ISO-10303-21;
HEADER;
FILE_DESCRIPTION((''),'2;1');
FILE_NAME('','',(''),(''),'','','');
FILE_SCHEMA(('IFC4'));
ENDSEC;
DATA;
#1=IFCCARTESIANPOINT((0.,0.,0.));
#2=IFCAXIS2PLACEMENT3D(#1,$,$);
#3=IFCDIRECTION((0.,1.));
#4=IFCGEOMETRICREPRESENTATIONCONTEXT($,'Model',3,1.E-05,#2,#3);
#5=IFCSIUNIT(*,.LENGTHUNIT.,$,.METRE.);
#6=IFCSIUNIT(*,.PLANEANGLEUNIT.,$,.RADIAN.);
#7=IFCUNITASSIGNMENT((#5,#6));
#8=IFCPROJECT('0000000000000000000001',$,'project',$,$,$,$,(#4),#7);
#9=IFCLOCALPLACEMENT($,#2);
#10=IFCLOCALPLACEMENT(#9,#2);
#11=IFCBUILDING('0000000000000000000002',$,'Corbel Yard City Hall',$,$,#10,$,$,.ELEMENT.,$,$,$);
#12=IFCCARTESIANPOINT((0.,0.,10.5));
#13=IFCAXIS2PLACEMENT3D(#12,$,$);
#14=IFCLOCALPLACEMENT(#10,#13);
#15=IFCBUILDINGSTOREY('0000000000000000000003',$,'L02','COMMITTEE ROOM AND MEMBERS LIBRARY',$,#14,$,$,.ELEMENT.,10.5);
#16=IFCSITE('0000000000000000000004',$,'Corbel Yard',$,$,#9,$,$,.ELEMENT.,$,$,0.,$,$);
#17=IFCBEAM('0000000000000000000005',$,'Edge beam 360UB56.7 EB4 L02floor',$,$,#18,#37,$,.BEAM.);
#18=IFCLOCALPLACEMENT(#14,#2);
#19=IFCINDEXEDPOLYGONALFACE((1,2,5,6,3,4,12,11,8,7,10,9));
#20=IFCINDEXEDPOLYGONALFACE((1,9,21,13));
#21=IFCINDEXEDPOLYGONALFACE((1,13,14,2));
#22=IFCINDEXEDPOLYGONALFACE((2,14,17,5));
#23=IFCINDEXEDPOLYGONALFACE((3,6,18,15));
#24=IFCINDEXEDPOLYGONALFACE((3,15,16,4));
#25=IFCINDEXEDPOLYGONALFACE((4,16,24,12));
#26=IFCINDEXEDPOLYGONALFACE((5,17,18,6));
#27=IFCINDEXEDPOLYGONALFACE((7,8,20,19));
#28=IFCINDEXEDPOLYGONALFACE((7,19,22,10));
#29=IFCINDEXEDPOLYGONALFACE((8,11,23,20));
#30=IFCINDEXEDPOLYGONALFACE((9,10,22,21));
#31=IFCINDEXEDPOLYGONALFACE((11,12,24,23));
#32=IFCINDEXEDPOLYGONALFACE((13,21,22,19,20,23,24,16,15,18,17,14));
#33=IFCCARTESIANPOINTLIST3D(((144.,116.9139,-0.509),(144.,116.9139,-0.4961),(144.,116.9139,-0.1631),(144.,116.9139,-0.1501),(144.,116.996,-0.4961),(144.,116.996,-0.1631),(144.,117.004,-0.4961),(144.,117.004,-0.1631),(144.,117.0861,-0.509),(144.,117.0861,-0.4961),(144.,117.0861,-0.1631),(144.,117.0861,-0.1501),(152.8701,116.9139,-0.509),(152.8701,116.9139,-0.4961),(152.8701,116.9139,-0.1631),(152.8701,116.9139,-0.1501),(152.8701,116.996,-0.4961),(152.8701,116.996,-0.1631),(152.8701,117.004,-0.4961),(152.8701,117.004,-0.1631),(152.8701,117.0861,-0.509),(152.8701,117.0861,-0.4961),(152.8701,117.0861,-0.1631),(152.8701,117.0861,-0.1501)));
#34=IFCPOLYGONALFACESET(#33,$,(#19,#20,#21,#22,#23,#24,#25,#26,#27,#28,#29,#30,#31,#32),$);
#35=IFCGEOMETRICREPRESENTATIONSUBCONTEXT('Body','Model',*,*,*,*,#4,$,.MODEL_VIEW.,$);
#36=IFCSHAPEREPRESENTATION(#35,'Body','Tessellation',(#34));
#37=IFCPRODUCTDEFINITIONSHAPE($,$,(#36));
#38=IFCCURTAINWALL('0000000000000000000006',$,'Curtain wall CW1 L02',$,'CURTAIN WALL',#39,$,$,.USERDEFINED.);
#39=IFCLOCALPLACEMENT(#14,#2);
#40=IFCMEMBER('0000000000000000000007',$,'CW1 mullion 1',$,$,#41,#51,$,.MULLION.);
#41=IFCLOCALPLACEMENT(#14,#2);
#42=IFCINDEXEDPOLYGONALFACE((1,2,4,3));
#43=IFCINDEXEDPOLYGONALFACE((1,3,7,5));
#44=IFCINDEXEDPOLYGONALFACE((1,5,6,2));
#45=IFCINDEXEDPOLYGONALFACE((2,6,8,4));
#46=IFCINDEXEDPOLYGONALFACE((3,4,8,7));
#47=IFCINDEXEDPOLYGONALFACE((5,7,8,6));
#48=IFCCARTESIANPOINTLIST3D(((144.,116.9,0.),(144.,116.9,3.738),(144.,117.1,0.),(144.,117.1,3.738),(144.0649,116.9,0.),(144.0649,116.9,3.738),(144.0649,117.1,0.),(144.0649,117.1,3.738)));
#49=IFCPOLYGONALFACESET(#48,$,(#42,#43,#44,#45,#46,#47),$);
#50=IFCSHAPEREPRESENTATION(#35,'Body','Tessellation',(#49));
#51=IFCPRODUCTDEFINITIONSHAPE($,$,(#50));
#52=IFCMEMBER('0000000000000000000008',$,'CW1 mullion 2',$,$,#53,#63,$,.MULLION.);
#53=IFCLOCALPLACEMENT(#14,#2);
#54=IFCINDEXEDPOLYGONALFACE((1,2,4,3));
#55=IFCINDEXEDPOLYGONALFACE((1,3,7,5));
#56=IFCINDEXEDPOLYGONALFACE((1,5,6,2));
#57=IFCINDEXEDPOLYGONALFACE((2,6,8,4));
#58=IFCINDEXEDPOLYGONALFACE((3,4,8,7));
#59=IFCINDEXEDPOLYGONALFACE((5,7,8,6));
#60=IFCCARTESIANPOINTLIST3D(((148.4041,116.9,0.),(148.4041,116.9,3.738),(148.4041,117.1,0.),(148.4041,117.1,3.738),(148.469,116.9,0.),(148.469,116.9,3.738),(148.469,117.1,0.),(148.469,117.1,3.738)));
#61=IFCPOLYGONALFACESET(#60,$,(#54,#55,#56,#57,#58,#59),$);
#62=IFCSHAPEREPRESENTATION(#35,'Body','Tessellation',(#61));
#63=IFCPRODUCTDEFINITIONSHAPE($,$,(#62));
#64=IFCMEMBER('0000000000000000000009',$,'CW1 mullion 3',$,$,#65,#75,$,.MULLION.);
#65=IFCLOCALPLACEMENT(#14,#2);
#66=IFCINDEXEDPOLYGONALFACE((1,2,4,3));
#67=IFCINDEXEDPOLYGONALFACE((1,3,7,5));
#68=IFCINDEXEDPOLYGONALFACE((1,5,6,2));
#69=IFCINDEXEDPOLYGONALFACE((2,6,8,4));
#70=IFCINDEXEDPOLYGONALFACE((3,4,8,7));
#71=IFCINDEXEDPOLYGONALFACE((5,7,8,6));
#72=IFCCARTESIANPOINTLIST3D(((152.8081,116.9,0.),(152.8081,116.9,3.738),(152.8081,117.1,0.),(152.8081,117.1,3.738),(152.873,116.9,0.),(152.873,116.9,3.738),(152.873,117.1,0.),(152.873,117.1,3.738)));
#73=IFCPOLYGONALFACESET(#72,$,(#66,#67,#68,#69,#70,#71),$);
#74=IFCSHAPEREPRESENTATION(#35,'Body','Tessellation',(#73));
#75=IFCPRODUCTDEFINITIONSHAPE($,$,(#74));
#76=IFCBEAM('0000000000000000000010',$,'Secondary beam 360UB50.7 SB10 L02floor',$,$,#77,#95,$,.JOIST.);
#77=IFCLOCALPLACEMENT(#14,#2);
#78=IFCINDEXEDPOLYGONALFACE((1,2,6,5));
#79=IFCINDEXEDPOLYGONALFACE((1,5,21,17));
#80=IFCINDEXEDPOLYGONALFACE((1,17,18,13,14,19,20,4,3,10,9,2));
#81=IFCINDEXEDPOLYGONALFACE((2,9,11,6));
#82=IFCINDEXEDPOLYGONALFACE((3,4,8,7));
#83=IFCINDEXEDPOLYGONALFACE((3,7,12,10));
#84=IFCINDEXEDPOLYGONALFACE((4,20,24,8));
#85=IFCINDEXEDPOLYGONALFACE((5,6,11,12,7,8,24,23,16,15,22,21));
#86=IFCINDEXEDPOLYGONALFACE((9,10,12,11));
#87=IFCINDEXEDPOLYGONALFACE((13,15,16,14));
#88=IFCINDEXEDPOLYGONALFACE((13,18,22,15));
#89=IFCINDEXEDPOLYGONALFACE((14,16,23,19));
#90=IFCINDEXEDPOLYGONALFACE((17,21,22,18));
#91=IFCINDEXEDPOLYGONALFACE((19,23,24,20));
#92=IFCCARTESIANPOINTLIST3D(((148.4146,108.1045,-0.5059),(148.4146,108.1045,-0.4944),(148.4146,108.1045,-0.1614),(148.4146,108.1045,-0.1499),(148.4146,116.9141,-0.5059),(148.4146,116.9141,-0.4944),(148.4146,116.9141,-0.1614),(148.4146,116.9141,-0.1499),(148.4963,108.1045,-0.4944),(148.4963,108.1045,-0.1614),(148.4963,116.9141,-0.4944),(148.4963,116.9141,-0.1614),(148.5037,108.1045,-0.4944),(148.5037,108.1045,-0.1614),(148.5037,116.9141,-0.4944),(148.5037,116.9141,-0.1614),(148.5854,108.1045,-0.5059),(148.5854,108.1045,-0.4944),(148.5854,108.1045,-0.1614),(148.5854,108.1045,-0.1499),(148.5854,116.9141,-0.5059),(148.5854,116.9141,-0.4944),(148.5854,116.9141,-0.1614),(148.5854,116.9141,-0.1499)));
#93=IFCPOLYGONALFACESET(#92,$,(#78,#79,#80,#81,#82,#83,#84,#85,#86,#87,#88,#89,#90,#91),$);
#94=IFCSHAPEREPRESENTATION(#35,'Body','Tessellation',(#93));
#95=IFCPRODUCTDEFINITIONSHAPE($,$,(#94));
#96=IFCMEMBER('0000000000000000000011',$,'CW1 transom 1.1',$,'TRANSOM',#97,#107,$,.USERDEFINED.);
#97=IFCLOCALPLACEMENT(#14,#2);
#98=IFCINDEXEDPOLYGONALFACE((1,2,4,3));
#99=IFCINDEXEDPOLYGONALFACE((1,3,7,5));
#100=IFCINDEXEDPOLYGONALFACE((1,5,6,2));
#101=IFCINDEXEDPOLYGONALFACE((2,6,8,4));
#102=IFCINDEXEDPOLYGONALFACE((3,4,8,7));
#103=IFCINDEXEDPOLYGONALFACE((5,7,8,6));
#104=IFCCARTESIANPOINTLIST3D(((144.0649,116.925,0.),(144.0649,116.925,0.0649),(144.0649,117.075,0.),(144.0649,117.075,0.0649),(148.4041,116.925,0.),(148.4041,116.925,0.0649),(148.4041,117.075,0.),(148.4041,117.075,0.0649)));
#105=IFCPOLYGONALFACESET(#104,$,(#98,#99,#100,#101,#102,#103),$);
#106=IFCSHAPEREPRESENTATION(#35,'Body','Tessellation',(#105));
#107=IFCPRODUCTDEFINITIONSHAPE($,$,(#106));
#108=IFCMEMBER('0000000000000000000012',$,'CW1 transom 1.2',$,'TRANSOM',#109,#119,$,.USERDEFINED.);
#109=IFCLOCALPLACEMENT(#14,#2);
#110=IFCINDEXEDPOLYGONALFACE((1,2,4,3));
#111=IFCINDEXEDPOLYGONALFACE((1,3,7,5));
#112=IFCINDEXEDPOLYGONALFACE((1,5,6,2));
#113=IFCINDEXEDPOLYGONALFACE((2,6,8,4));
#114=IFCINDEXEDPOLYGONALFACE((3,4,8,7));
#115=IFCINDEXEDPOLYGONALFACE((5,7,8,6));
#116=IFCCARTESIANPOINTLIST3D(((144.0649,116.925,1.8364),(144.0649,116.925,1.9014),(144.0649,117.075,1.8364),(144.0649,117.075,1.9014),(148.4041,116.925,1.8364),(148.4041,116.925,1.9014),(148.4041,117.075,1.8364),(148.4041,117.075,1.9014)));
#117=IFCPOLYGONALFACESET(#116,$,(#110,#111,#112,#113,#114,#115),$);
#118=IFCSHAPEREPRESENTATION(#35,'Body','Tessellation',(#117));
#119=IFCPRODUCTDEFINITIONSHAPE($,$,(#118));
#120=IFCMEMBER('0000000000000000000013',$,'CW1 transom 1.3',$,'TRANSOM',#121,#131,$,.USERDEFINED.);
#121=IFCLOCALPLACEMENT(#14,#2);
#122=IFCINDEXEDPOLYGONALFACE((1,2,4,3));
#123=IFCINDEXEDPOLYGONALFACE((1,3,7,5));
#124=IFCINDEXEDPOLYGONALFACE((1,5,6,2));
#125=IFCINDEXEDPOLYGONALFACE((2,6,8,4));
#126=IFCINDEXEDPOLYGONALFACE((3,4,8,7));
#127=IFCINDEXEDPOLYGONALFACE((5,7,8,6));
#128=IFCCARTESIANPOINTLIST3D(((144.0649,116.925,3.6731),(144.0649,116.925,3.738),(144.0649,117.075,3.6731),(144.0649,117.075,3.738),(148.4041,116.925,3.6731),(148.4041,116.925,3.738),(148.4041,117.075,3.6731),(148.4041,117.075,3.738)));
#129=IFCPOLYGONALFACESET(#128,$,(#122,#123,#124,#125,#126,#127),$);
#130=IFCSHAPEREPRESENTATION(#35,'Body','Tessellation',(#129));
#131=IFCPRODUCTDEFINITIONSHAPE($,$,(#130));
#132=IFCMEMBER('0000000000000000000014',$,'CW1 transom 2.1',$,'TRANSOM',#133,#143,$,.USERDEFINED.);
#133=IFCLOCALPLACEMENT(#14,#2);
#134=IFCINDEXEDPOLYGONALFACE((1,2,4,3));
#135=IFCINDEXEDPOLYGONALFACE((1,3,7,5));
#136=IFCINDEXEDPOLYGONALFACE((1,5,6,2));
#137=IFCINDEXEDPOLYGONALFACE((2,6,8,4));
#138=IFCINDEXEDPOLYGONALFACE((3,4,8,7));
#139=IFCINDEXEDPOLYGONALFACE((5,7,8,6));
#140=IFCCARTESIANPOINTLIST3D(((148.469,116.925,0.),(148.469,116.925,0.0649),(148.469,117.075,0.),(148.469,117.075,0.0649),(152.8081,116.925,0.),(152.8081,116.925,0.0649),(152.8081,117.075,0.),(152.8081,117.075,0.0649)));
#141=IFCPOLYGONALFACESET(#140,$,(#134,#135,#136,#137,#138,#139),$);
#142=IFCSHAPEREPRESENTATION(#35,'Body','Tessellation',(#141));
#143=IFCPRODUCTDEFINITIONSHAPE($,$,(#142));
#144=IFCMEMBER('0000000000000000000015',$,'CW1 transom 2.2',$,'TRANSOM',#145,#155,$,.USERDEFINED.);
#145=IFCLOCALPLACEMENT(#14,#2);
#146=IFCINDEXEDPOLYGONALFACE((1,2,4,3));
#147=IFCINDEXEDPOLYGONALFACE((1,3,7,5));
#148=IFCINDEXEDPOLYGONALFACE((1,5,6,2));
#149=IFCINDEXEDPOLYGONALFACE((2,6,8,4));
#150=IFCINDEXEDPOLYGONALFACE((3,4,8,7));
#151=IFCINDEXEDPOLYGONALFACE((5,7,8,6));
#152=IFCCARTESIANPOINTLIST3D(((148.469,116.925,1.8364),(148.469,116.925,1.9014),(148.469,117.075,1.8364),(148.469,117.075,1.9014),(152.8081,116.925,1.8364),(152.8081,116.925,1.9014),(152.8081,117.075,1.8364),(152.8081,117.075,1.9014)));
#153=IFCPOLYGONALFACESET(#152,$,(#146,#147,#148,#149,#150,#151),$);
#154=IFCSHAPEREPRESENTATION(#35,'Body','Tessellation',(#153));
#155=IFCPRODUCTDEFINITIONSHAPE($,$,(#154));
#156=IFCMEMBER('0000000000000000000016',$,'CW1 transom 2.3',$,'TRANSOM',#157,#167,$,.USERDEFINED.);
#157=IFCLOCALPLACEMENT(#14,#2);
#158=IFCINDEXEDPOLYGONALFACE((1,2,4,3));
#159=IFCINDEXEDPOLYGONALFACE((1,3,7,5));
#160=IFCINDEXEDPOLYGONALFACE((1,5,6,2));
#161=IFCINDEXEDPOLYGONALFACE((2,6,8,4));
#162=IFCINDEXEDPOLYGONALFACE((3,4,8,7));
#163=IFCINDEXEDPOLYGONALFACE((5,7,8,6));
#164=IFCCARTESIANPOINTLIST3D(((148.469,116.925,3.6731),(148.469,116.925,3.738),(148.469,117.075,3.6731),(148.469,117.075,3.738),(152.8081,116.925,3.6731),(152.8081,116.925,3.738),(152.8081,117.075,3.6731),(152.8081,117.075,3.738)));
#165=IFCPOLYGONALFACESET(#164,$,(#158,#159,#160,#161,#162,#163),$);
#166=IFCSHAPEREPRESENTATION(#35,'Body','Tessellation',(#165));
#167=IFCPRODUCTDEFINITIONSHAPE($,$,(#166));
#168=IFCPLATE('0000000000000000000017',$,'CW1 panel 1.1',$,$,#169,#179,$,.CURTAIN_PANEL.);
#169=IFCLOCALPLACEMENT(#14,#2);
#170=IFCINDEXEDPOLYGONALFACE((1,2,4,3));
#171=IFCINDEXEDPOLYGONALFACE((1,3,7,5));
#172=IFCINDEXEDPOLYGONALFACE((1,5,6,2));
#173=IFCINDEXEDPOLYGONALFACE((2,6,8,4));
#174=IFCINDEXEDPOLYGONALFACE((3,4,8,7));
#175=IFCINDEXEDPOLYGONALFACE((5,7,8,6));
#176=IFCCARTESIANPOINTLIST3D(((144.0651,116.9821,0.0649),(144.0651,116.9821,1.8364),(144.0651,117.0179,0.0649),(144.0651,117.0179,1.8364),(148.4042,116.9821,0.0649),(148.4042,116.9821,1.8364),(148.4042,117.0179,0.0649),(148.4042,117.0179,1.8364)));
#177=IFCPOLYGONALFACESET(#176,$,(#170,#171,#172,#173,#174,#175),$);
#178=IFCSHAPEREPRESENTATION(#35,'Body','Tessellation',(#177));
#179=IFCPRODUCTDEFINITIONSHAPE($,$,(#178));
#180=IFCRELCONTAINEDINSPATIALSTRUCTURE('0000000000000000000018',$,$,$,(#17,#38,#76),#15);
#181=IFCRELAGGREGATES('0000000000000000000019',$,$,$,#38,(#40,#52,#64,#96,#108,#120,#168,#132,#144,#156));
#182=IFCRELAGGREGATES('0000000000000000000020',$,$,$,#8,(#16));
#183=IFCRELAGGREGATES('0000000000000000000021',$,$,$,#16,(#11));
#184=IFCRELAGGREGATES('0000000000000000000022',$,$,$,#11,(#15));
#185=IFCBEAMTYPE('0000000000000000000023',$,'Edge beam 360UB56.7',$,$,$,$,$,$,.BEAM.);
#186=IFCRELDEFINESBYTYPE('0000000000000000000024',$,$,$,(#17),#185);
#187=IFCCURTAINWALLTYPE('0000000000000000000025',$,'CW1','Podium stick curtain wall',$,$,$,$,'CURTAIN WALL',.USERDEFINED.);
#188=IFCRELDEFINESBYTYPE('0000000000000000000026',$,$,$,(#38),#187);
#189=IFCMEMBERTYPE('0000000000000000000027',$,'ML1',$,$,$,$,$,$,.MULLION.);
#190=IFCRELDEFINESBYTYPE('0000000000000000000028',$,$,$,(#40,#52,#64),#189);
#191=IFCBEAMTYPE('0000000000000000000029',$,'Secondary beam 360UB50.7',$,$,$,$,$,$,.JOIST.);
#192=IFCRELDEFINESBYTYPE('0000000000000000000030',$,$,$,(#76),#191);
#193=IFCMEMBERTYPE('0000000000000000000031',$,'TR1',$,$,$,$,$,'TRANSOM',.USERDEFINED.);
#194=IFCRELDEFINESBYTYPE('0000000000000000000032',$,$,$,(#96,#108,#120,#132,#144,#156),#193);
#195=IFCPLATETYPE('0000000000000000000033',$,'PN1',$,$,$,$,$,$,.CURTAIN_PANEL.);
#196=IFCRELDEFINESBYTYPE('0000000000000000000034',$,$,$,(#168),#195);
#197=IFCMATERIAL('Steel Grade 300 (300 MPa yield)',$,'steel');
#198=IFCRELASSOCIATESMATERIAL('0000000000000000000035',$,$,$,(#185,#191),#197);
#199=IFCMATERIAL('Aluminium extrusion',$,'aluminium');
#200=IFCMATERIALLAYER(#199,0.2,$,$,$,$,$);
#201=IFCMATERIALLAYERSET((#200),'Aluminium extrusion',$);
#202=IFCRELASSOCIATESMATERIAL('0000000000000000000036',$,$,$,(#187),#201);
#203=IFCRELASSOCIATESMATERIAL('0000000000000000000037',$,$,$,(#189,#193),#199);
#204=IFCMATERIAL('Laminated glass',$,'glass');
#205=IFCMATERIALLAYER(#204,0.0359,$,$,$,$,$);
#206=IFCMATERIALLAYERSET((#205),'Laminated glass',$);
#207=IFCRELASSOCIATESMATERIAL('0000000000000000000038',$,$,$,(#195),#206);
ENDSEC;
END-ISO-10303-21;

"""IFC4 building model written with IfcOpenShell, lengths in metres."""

from ifc_helpers import new_model, si_unit, direction, frame, origin, origin_2d, place, context, subcontext, project, spatial, rectangle, i_section, extrude, material, layer, layer_set, material_profile, profile_set, type_object, element, aggregate, save


model = new_model("IFC4")

# Units and contexts
model_context = context("Model", 3, precision=1e-05, world=origin(), true_north=direction((0.0, 1.0)))
body_context = subcontext(model_context, "Body", "Model", "MODEL_VIEW")
ifc_project = project(units=[si_unit("LENGTHUNIT", "METRE"), si_unit("PLANEANGLEUNIT", "RADIAN")], contexts=[model_context])

# Site, building, storey
site_placement = place(None, origin())
site = spatial("IfcSite", under=ifc_project, at=site_placement, Name="Corbel Yard", CompositionType="ELEMENT", RefElevation=0.0)
building_placement = place(site_placement, origin())
building = spatial("IfcBuilding", under=site, at=building_placement, Name="Corbel Yard City Hall", CompositionType="ELEMENT")
storey_placement = place(building_placement, frame((0.0, 0.0, 10.5)))
storey = spatial("IfcBuildingStorey", under=building, at=storey_placement, Name="L02", Description="COMMITTEE ROOM AND MEMBERS LIBRARY", CompositionType="ELEMENT", Elevation=10.5)

# Beam
ifc_material_1 = material(Name="Steel Grade 300 (300 MPa yield)", Category="steel")
ifc_material_profile_1 = material_profile(ifc_material_1, i_section(OverallWidth=0.1721, OverallDepth=0.3589, WebThickness=0.0081, FlangeThickness=0.0129, at=origin_2d()), Name="360UB56.7")
ifc_profile_set_1 = profile_set([ifc_material_profile_1], Name="Steel Grade 300 (300 MPa yield)")
beam_type_1 = type_object("IfcBeamType", Name="Edge beam 360UB56.7", PredefinedType="BEAM", material=ifc_profile_set_1)
beam_1_placement = place(storey_placement, frame((144.0, 117.0, -0.3296), z_axis=(1.0, 0.0, 0.0), x_axis=(0.0, 1.0, 0.0)))
element("IfcBeam", 1, at=beam_1_placement, inside=storey, type_object=beam_type_1, Name="Edge beam 360UB56.7 EB4 L02floor", PredefinedType="BEAM", context=body_context, shape_type="SweptSolid", body=[
    extrude(i_section(OverallWidth=0.1721, OverallDepth=0.3589, WebThickness=0.0081, FlangeThickness=0.0129, at=origin_2d()), origin(), (0.0, 0.0, 1.0), 8.8701),
])

# Curtain wall, members
ifc_material_2 = material(Name="Aluminium extrusion", Category="aluminium")
ifc_layer_1 = layer(ifc_material_2, 0.2)
ifc_layer_set_1 = layer_set([ifc_layer_1], Name="Aluminium extrusion")
curtain_wall_type = type_object("IfcCurtainWallType", Name="CW1", Description="Podium stick curtain wall", ElementType="CURTAIN WALL", PredefinedType="USERDEFINED", material=ifc_layer_set_1)
curtain_wall_placement = place(storey_placement, origin())
curtain_wall = element("IfcCurtainWall", 2, at=curtain_wall_placement, inside=storey, type_object=curtain_wall_type, Name="Curtain wall CW1 L02", ObjectType="CURTAIN WALL", PredefinedType="USERDEFINED")
ifc_material_profile_2 = material_profile(ifc_material_2, rectangle(XDim=0.2, YDim=0.0649, at=origin_2d()), Name="200x65")
ifc_profile_set_2 = profile_set([ifc_material_profile_2], Name="Aluminium extrusion")
member_type_1 = type_object("IfcMemberType", Name="ML1", PredefinedType="MULLION", material=ifc_profile_set_2)
member_1_placement = place(storey_placement, frame((144.0325, 117.0, 0.0), z_axis=(0.0, 0.0, 1.0), x_axis=(0.0, 1.0, 0.0)))
member_1 = element("IfcMember", 3, at=member_1_placement, type_object=member_type_1, Name="CW1 mullion 1", PredefinedType="MULLION", context=body_context, shape_type="SweptSolid", body=[
    extrude(rectangle(XDim=0.2, YDim=0.0649, at=origin_2d()), origin(), (0.0, 0.0, 1.0), 3.738),
])
member_2_placement = place(storey_placement, frame((148.4365, 117.0, 0.0), z_axis=(0.0, 0.0, 1.0), x_axis=(0.0, 1.0, 0.0)))
member_2 = element("IfcMember", 4, at=member_2_placement, type_object=member_type_1, Name="CW1 mullion 2", PredefinedType="MULLION", context=body_context, shape_type="SweptSolid", body=[
    extrude(rectangle(XDim=0.2, YDim=0.0649, at=origin_2d()), origin(), (0.0, 0.0, 1.0), 3.738),
])
member_3_placement = place(storey_placement, frame((152.8406, 117.0, 0.0), z_axis=(0.0, 0.0, 1.0), x_axis=(0.0, 1.0, 0.0)))
member_3 = element("IfcMember", 5, at=member_3_placement, type_object=member_type_1, Name="CW1 mullion 3", PredefinedType="MULLION", context=body_context, shape_type="SweptSolid", body=[
    extrude(rectangle(XDim=0.2, YDim=0.0649, at=origin_2d()), origin(), (0.0, 0.0, 1.0), 3.738),
])

# Beam
ifc_material_profile_3 = material_profile(ifc_material_1, i_section(OverallWidth=0.1709, OverallDepth=0.356, WebThickness=0.0073, FlangeThickness=0.0115, at=origin_2d()), Name="360UB50.7")
ifc_profile_set_3 = profile_set([ifc_material_profile_3], Name="Steel Grade 300 (300 MPa yield)")
beam_type_2 = type_object("IfcBeamType", Name="Secondary beam 360UB50.7", PredefinedType="JOIST", material=ifc_profile_set_3)
beam_2_placement = place(storey_placement, frame((148.5, 108.1045, -0.3279), z_axis=(0.0, 1.0, 0.0), x_axis=(-1.0, 0.0, 0.0)))
element("IfcBeam", 6, at=beam_2_placement, inside=storey, type_object=beam_type_2, Name="Secondary beam 360UB50.7 SB10 L02floor", PredefinedType="JOIST", context=body_context, shape_type="SweptSolid", body=[
    extrude(i_section(OverallWidth=0.1709, OverallDepth=0.356, WebThickness=0.0073, FlangeThickness=0.0115, at=origin_2d()), origin(), (0.0, 0.0, 1.0), 8.8096),
])

# Members
ifc_material_profile_4 = material_profile(ifc_material_2, rectangle(XDim=0.1499, YDim=0.0649, at=origin_2d()), Name="150x65")
ifc_profile_set_4 = profile_set([ifc_material_profile_4], Name="Aluminium extrusion")
member_type_2 = type_object("IfcMemberType", Name="TR1", ElementType="TRANSOM", PredefinedType="USERDEFINED", material=ifc_profile_set_4)
member_4_placement = place(storey_placement, frame((144.0649, 117.0, 0.0325), z_axis=(1.0, 0.0, 0.0), x_axis=(0.0, 1.0, 0.0)))
member_4 = element("IfcMember", 7, at=member_4_placement, type_object=member_type_2, Name="CW1 transom 1.1", ObjectType="TRANSOM", PredefinedType="USERDEFINED", context=body_context, shape_type="SweptSolid", body=[
    extrude(rectangle(XDim=0.1499, YDim=0.0649, at=origin_2d()), origin(), (0.0, 0.0, 1.0), 4.3391),
])
member_5_placement = place(storey_placement, frame((144.0649, 117.0, 1.8689), z_axis=(1.0, 0.0, 0.0), x_axis=(0.0, 1.0, 0.0)))
member_5 = element("IfcMember", 8, at=member_5_placement, type_object=member_type_2, Name="CW1 transom 1.2", ObjectType="TRANSOM", PredefinedType="USERDEFINED", context=body_context, shape_type="SweptSolid", body=[
    extrude(rectangle(XDim=0.1499, YDim=0.0649, at=origin_2d()), origin(), (0.0, 0.0, 1.0), 4.3391),
])
member_6_placement = place(storey_placement, frame((144.0649, 117.0, 3.7056), z_axis=(1.0, 0.0, 0.0), x_axis=(0.0, 1.0, 0.0)))
member_6 = element("IfcMember", 9, at=member_6_placement, type_object=member_type_2, Name="CW1 transom 1.3", ObjectType="TRANSOM", PredefinedType="USERDEFINED", context=body_context, shape_type="SweptSolid", body=[
    extrude(rectangle(XDim=0.1499, YDim=0.0649, at=origin_2d()), origin(), (0.0, 0.0, 1.0), 4.3391),
])
member_7_placement = place(storey_placement, frame((148.469, 117.0, 0.0325), z_axis=(1.0, 0.0, 0.0), x_axis=(0.0, 1.0, 0.0)))
member_7 = element("IfcMember", 10, at=member_7_placement, type_object=member_type_2, Name="CW1 transom 2.1", ObjectType="TRANSOM", PredefinedType="USERDEFINED", context=body_context, shape_type="SweptSolid", body=[
    extrude(rectangle(XDim=0.1499, YDim=0.0649, at=origin_2d()), origin(), (0.0, 0.0, 1.0), 4.3391),
])
member_8_placement = place(storey_placement, frame((148.469, 117.0, 1.8689), z_axis=(1.0, 0.0, 0.0), x_axis=(0.0, 1.0, 0.0)))
member_8 = element("IfcMember", 11, at=member_8_placement, type_object=member_type_2, Name="CW1 transom 2.2", ObjectType="TRANSOM", PredefinedType="USERDEFINED", context=body_context, shape_type="SweptSolid", body=[
    extrude(rectangle(XDim=0.1499, YDim=0.0649, at=origin_2d()), origin(), (0.0, 0.0, 1.0), 4.3391),
])
member_9_placement = place(storey_placement, frame((148.469, 117.0, 3.7056), z_axis=(1.0, 0.0, 0.0), x_axis=(0.0, 1.0, 0.0)))
member_9 = element("IfcMember", 12, at=member_9_placement, type_object=member_type_2, Name="CW1 transom 2.3", ObjectType="TRANSOM", PredefinedType="USERDEFINED", context=body_context, shape_type="SweptSolid", body=[
    extrude(rectangle(XDim=0.1499, YDim=0.0649, at=origin_2d()), origin(), (0.0, 0.0, 1.0), 4.3391),
])

# Plate
ifc_material_3 = material(Name="Laminated glass", Category="glass")
ifc_layer_2 = layer(ifc_material_3, 0.0359)
ifc_layer_set_2 = layer_set([ifc_layer_2], Name="Laminated glass")
plate_type = type_object("IfcPlateType", Name="PN1", PredefinedType="CURTAIN_PANEL", material=ifc_layer_set_2)
plate_1_placement = place(storey_placement, frame((146.2346, 117.0, 0.0649), z_axis=(0.0, 0.0, 1.0), x_axis=(1.0, 0.0, 0.0)))
plate_1 = element("IfcPlate", 13, at=plate_1_placement, type_object=plate_type, Name="CW1 panel 1.1", PredefinedType="CURTAIN_PANEL", context=body_context, shape_type="SweptSolid", body=[
    extrude(rectangle(XDim=4.3391, YDim=0.0359, at=origin_2d()), origin(), (0.0, 0.0, 1.0), 1.7715),
])
aggregate(curtain_wall, [member_1, member_2, member_3, member_4, member_5, member_6, plate_1, member_7, member_8, member_9])

save(model, "model.ifc")
